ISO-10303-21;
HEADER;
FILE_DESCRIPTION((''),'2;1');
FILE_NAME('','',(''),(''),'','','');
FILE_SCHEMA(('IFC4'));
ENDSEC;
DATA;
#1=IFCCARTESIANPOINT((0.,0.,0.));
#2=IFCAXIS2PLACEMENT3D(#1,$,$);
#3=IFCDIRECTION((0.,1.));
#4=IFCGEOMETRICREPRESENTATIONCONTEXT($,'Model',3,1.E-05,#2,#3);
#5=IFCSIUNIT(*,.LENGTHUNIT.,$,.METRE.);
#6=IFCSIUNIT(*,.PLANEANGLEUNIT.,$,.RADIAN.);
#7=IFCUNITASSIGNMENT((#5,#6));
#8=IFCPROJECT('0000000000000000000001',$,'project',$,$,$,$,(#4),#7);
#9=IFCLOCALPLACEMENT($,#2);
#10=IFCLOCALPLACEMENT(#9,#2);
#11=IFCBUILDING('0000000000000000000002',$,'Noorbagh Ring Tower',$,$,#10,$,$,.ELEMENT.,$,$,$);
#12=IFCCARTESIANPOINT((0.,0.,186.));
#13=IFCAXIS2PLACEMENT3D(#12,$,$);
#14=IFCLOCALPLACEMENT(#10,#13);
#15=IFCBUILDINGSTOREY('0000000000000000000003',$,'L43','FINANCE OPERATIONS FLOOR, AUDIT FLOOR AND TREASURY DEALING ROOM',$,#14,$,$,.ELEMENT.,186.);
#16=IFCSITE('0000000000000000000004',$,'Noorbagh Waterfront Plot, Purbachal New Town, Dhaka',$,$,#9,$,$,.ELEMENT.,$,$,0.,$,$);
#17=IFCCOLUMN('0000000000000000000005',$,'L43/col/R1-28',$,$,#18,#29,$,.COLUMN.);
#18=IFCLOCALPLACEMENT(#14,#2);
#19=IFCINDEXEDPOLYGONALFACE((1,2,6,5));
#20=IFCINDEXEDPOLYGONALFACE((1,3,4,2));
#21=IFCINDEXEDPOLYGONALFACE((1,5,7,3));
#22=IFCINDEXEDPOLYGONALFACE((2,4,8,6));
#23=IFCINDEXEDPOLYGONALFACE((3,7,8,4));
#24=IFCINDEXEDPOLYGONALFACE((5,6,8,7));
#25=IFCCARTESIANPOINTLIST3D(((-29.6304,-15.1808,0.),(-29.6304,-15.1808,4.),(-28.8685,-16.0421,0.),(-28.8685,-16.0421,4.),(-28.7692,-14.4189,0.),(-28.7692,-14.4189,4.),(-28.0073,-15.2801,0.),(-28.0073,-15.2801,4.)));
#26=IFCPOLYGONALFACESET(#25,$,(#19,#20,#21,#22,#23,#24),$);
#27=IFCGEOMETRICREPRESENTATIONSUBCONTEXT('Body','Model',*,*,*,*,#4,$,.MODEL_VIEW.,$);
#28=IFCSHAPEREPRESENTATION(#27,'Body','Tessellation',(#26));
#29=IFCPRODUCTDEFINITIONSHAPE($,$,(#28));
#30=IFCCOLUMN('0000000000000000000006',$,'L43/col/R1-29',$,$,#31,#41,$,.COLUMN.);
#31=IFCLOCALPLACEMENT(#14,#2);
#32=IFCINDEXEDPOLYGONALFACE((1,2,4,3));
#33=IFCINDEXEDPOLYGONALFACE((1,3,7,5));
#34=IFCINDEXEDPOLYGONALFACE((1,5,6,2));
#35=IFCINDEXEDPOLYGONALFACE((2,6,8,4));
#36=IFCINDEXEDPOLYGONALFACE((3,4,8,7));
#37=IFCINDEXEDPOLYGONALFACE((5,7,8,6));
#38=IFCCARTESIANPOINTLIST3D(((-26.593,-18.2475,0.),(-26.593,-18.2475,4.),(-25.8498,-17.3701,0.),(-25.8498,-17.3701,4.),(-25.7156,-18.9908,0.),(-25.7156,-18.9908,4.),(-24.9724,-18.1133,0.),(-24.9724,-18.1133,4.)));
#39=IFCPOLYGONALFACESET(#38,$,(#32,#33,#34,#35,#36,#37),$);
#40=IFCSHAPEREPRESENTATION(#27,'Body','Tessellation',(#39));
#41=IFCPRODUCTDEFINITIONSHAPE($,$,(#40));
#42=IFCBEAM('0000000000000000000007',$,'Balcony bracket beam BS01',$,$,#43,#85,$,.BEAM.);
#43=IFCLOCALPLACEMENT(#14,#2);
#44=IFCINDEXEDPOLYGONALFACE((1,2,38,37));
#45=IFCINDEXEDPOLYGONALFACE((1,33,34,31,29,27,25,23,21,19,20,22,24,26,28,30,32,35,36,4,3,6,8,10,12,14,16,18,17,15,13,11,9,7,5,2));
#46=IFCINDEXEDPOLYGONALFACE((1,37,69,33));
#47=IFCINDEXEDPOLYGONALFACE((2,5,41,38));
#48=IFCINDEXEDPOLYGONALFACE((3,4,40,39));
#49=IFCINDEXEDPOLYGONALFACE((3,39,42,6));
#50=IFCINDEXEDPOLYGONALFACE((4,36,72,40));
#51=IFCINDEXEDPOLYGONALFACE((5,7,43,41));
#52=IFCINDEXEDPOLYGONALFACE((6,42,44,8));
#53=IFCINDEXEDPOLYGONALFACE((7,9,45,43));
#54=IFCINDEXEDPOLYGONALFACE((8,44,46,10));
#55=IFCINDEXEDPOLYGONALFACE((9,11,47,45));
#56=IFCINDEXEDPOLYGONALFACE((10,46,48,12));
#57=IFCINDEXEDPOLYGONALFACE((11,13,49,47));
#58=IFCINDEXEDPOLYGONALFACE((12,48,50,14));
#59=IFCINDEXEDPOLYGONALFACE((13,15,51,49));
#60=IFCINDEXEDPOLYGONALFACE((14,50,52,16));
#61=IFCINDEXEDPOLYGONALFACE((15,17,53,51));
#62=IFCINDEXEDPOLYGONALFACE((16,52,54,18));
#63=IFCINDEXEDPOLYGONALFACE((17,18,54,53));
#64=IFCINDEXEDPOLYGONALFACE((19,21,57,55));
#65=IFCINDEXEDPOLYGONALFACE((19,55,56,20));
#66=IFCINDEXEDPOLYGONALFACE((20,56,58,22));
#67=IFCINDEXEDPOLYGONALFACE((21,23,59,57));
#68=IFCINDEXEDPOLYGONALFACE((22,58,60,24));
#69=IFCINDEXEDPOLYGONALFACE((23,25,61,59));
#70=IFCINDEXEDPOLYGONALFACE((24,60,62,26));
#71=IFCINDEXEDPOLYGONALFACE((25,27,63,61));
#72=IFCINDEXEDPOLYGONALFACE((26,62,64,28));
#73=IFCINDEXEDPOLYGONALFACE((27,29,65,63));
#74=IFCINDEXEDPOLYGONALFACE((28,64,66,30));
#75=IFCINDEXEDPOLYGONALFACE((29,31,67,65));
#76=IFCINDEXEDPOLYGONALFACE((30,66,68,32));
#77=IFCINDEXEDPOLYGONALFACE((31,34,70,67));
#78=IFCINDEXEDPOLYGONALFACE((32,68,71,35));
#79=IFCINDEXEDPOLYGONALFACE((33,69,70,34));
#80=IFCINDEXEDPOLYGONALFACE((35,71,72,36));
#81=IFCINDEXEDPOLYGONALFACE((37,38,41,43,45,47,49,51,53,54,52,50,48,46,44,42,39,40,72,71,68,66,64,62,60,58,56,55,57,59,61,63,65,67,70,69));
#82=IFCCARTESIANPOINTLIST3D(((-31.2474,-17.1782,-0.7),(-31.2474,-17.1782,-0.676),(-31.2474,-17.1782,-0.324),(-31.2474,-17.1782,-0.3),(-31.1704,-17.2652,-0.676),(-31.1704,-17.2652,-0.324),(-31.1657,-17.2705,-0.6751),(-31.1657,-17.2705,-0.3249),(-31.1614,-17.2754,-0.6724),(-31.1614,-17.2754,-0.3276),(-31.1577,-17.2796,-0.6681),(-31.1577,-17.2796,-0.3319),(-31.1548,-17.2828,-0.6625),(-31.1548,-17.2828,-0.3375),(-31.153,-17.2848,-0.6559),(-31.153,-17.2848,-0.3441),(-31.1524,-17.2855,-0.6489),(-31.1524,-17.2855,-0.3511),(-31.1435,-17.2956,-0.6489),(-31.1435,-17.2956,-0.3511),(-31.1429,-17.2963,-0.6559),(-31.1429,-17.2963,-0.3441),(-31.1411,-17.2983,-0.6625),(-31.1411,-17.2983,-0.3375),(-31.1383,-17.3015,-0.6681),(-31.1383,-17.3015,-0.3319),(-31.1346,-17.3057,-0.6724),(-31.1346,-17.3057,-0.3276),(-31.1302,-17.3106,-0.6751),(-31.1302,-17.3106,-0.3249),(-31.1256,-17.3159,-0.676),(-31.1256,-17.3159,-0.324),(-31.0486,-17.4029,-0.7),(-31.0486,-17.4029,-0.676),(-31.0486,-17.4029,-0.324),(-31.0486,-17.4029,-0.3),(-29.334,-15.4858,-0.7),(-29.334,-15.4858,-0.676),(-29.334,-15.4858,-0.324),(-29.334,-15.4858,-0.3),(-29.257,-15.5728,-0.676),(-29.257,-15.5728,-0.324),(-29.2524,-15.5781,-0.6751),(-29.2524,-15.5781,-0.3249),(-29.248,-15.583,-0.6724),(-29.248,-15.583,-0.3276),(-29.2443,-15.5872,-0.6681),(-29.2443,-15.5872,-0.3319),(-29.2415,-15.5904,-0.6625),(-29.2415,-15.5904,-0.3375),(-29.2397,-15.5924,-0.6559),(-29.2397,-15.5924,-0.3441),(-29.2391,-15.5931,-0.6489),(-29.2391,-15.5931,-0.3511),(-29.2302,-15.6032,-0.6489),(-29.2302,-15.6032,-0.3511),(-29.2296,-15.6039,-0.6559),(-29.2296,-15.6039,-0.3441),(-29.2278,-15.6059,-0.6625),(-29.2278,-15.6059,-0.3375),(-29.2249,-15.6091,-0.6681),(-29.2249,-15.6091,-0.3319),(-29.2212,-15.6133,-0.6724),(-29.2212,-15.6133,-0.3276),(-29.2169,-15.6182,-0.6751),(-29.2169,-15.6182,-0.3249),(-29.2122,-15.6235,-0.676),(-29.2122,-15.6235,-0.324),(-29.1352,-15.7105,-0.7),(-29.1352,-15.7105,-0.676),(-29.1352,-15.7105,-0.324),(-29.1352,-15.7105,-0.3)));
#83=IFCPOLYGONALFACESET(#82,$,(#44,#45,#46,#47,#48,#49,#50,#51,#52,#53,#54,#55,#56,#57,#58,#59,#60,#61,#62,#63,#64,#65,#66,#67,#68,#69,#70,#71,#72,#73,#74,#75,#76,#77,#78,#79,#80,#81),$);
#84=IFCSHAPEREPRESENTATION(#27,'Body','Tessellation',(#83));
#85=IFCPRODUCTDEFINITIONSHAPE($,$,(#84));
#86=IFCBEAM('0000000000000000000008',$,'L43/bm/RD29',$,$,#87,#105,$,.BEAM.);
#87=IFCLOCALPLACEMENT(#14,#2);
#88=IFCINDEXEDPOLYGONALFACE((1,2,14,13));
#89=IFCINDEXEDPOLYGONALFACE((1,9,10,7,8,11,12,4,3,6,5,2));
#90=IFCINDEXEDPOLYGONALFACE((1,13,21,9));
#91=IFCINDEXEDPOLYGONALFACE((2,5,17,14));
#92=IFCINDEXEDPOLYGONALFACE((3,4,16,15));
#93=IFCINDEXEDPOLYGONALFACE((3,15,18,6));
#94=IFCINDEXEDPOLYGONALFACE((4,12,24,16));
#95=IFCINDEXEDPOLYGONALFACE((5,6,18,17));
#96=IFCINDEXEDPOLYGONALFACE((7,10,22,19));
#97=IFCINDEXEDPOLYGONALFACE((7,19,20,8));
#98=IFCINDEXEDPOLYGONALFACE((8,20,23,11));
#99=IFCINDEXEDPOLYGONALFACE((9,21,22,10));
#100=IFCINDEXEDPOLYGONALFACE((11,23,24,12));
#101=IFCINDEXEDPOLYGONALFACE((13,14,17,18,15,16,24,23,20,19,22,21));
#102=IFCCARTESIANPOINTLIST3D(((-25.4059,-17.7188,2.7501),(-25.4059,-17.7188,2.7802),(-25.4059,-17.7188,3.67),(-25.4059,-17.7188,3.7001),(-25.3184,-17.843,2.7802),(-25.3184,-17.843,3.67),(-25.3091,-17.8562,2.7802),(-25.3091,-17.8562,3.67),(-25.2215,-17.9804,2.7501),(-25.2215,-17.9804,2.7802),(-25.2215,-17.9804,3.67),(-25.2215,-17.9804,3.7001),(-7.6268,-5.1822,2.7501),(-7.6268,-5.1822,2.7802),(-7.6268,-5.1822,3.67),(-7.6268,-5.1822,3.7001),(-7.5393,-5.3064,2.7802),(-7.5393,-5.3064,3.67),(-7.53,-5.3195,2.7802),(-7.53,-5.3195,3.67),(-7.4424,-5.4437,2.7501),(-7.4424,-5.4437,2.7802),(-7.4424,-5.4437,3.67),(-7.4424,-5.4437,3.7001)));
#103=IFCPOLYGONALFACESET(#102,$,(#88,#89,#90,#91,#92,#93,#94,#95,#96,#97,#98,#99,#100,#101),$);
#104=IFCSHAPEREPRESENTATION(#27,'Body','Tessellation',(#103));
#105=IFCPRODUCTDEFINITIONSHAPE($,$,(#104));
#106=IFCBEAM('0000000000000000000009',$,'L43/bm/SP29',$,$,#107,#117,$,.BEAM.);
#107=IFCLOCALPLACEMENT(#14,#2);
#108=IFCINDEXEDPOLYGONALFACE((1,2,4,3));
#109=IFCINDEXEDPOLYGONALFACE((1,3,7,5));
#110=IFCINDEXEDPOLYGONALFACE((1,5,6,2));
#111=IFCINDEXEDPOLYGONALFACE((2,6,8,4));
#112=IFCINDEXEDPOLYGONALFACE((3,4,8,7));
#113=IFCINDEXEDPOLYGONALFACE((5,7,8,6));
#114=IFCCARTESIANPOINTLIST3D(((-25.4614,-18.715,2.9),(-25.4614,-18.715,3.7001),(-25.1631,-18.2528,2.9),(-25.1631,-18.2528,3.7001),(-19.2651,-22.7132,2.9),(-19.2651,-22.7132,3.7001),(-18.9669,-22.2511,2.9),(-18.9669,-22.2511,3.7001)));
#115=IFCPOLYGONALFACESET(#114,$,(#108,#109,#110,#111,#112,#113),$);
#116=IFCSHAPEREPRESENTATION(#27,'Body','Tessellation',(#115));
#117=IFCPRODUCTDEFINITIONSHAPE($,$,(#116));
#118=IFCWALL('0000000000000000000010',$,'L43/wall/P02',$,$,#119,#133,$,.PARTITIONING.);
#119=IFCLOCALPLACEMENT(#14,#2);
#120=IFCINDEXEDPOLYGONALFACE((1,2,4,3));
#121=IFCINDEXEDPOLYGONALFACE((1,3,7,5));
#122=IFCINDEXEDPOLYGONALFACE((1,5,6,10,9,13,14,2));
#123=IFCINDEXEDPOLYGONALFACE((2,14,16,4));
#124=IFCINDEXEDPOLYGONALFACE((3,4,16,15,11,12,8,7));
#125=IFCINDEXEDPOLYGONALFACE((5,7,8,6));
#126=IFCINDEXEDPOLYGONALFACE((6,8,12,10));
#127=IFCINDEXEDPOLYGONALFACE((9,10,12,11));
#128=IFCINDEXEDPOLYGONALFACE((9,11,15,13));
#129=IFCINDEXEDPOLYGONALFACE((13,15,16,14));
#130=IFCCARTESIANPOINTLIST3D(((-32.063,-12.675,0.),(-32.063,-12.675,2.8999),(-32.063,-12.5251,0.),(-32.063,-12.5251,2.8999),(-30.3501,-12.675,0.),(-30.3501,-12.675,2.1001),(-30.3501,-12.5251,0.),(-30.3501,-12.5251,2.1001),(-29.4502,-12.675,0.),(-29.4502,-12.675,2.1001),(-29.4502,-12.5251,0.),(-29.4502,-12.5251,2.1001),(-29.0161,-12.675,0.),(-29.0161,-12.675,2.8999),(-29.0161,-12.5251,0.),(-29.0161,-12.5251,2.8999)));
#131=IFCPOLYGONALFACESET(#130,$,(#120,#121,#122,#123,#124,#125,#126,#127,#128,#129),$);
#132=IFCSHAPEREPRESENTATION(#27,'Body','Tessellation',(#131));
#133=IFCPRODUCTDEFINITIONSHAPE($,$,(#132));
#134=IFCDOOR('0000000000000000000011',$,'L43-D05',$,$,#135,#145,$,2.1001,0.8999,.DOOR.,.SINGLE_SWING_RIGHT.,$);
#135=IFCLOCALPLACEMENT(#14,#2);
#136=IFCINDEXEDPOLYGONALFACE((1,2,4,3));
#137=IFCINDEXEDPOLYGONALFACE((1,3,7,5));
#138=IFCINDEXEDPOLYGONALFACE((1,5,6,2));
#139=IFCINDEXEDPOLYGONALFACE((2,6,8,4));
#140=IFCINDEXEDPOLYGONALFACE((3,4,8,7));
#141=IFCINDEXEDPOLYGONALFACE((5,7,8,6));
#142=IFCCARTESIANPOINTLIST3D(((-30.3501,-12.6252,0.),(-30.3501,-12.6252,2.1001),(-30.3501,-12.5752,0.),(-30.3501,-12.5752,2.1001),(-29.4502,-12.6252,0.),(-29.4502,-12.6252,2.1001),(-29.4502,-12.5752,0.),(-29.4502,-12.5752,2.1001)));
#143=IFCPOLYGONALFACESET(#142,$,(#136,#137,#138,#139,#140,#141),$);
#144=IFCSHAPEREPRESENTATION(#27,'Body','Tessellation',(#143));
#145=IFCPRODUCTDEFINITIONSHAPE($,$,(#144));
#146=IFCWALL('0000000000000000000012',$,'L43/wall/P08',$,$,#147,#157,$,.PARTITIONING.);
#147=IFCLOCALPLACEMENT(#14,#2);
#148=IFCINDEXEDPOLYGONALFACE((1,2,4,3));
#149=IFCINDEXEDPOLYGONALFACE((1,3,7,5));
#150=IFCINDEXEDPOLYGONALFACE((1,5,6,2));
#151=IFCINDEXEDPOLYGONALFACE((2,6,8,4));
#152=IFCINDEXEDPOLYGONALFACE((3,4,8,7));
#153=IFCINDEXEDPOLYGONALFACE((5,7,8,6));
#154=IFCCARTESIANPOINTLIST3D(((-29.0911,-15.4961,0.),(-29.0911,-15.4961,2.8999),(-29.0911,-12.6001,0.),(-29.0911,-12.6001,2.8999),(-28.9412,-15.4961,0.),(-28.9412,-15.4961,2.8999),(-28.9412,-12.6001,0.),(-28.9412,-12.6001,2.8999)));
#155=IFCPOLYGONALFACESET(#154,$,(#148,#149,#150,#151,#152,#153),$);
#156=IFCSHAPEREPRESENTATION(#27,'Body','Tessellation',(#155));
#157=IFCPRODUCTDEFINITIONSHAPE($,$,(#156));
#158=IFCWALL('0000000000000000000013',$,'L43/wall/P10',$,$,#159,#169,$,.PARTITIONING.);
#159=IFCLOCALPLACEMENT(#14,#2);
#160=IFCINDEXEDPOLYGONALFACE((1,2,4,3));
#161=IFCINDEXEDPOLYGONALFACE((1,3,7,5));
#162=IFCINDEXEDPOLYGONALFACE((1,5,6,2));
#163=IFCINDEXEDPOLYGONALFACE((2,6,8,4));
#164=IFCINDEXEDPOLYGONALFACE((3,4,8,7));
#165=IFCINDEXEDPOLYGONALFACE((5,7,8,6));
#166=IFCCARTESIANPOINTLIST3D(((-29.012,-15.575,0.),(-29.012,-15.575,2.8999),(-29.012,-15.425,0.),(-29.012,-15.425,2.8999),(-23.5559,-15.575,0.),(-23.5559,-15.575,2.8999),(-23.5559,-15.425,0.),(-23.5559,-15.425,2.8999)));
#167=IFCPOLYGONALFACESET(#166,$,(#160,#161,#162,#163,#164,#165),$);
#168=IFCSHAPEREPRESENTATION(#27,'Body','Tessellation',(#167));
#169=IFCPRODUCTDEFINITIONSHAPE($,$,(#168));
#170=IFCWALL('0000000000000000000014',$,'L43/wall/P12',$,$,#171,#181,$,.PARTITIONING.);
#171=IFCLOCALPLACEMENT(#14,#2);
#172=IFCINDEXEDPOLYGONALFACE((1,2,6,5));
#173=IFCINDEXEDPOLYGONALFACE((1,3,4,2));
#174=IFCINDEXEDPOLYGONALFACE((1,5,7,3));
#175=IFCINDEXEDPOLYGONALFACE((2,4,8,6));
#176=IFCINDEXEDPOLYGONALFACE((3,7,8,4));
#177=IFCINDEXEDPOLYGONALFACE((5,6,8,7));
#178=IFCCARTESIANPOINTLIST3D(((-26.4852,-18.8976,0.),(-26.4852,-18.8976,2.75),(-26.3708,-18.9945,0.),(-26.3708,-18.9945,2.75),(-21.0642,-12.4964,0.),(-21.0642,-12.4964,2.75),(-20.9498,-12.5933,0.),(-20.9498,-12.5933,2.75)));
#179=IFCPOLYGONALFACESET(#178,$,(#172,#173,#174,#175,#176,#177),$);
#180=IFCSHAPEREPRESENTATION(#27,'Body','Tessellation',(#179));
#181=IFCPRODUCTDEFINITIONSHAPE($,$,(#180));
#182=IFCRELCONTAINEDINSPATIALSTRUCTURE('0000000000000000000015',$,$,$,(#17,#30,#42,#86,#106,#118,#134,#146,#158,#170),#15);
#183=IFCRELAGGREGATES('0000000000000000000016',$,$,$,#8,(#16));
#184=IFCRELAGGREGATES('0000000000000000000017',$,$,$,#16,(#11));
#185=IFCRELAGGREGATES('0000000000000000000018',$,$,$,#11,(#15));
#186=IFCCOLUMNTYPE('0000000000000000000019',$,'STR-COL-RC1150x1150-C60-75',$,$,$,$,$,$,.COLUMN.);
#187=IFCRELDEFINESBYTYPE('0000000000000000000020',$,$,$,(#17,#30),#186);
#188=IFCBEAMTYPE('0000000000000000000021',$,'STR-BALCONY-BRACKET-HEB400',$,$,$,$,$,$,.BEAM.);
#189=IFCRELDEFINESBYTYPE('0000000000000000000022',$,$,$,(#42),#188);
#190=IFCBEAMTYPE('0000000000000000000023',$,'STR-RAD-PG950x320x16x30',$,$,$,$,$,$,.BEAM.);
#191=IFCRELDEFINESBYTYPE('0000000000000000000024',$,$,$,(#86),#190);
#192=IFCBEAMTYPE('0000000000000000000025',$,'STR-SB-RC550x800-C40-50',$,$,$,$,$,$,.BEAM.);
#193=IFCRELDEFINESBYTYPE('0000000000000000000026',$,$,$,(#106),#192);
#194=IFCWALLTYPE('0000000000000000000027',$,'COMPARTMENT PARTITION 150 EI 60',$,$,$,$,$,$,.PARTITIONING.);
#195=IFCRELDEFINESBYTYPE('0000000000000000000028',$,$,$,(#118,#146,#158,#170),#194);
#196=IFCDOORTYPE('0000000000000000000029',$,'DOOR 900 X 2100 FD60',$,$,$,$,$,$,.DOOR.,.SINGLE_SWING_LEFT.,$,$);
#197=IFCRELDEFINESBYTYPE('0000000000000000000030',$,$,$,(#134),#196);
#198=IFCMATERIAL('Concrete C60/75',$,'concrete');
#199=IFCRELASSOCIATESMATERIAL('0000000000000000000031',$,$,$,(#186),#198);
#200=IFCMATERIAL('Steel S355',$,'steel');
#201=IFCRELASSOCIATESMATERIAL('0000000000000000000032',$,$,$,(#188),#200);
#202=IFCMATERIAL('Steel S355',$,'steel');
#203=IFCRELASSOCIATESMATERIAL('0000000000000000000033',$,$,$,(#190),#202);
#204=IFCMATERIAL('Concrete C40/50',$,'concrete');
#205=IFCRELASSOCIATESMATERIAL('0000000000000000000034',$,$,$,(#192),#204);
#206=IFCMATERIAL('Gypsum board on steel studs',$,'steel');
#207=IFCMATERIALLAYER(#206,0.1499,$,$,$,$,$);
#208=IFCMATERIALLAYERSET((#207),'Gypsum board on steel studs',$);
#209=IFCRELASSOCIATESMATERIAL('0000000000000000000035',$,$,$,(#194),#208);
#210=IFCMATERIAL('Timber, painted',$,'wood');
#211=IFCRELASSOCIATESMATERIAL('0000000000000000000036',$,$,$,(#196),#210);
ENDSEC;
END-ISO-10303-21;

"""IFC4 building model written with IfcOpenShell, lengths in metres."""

from ifc_helpers import new_model, si_unit, direction, frame, frame_2d, origin, origin_2d, place, context, subcontext, project, spatial, rectangle, i_section, extrude, material, layer, layer_set, material_profile, profile_set, type_object, element, fill, save


model = new_model("IFC4")

# Units and contexts
model_context = context("Model", 3, precision=1e-05, world=origin(), true_north=direction((0.0, 1.0)))
body_context = subcontext(model_context, "Body", "Model", "MODEL_VIEW")
ifc_project = project(units=[si_unit("LENGTHUNIT", "METRE"), si_unit("PLANEANGLEUNIT", "RADIAN")], contexts=[model_context])

# Site, building, storey
site_placement = place(None, origin())
site = spatial("IfcSite", under=ifc_project, at=site_placement, Name="Noorbagh Waterfront Plot, Purbachal New Town, Dhaka", CompositionType="ELEMENT", RefElevation=0.0)
building_placement = place(site_placement, origin())
building = spatial("IfcBuilding", under=site, at=building_placement, Name="Noorbagh Ring Tower", CompositionType="ELEMENT")
storey_placement = place(building_placement, frame((0.0, 0.0, 186.0)))
storey = spatial("IfcBuildingStorey", under=building, at=storey_placement, Name="L43", Description="FINANCE OPERATIONS FLOOR, AUDIT FLOOR AND TREASURY DEALING ROOM", CompositionType="ELEMENT", Elevation=186.0)

# Columns
ifc_material_1 = material(Name="Concrete C60/75", Category="concrete")
ifc_material_profile_1 = material_profile(ifc_material_1, rectangle(XDim=1.1499, YDim=1.1499, at=origin_2d()), Name="RC1150x1150")
ifc_profile_set_1 = profile_set([ifc_material_profile_1], Name="Concrete C60/75")
column_type = type_object("IfcColumnType", Name="STR-COL-RC1150x1150-C60-75", PredefinedType="COLUMN", material=ifc_profile_set_1)
for number, where, z_axis, x_axis, name in (
    (1, (-28.8188, -15.2305, 0.0), (0.0, 0.0, 1.0), (0.662636, -0.748942, 0.0), "L43/col/R1-28"),
    (2, (-25.7827, -18.1804, 0.0), (0.0, 0.0, 1.0), (0.763035, -0.646357, 0.0), "L43/col/R1-29"),
):
    element("IfcColumn", number, at=place(storey_placement, frame(where, z_axis=z_axis, x_axis=x_axis)), inside=storey, type_object=column_type, Name=name, PredefinedType="COLUMN", context=body_context, shape_type="SweptSolid", body=[
        extrude(rectangle(XDim=1.1499, YDim=1.1499, at=origin_2d()), origin(), (0.0, 0.0, 1.0), 4.0),
    ])

# Beams
ifc_material_2 = material(Name="Steel S355", Category="steel")
ifc_material_profile_2 = material_profile(ifc_material_2, i_section(OverallWidth=0.3, OverallDepth=0.3999, WebThickness=0.0134, FlangeThickness=0.0239, FilletRadius=0.0271, at=origin_2d()), Name="HEB400")
ifc_profile_set_2 = profile_set([ifc_material_profile_2], Name="Steel S355")
beam_type_1 = type_object("IfcBeamType", Name="STR-BALCONY-BRACKET-HEB400", PredefinedType="BEAM", material=ifc_profile_set_2)
beam_1_placement = place(storey_placement, frame((-29.2346, -15.5981, -0.5), z_axis=(-0.749031, -0.662535, 0.0), x_axis=(0.662535, -0.749031, 0.0)))
element("IfcBeam", 3, at=beam_1_placement, inside=storey, type_object=beam_type_1, Name="Balcony bracket beam BS01", PredefinedType="BEAM", context=body_context, shape_type="SweptSolid", body=[
    extrude(i_section(OverallWidth=0.3, OverallDepth=0.3999, WebThickness=0.0134, FlangeThickness=0.0239, FilletRadius=0.0271, at=origin_2d()), origin(), (0.0, 0.0, 1.0), 2.5544),
])
ifc_material_3 = material(Name="Steel S355", Category="steel")
ifc_material_profile_3 = material_profile(ifc_material_3, i_section(OverallWidth=0.3201, OverallDepth=0.95, WebThickness=0.0161, FlangeThickness=0.03, at=origin_2d()), Name="PG950x320x16x30")
ifc_profile_set_3 = profile_set([ifc_material_profile_3], Name="Steel S355")
beam_type_2 = type_object("IfcBeamType", Name="STR-RAD-PG950x320x16x30", PredefinedType="BEAM", material=ifc_profile_set_3)
beam_2_placement = place(storey_placement, frame((-25.3137, -17.8496, 3.2251), z_axis=(0.817256, 0.576275, 0.0), x_axis=(-0.576275, 0.817256, 0.0)))
element("IfcBeam", 4, at=beam_2_placement, inside=storey, type_object=beam_type_2, Name="L43/bm/RD29", PredefinedType="BEAM", context=body_context, shape_type="SweptSolid", body=[
    extrude(i_section(OverallWidth=0.3201, OverallDepth=0.95, WebThickness=0.0161, FlangeThickness=0.03, at=origin_2d()), origin(), (0.0, 0.0, 1.0), 21.7546),
])
ifc_material_4 = material(Name="Concrete C40/50", Category="concrete")
ifc_material_profile_4 = material_profile(ifc_material_4, rectangle(XDim=0.55, YDim=0.8, at=origin_2d()), Name="RC550x800")
ifc_profile_set_4 = profile_set([ifc_material_profile_4], Name="Concrete C40/50")
beam_type_3 = type_object("IfcBeamType", Name="STR-SB-RC550x800-C40-50", PredefinedType="BEAM", material=ifc_profile_set_4)
beam_3_placement = place(storey_placement, frame((-25.3123, -18.4839, 3.3), z_axis=(0.840254, -0.542192, 0.0), x_axis=(0.542192, 0.840254, 0.0)))
element("IfcBeam", 5, at=beam_3_placement, inside=storey, type_object=beam_type_3, Name="L43/bm/SP29", PredefinedType="BEAM", context=body_context, shape_type="SweptSolid", body=[
    extrude(rectangle(XDim=0.55, YDim=0.8, at=origin_2d()), origin(), (0.0, 0.0, 1.0), 7.3743),
])

# Wall, opening, door
ifc_material_5 = material(Name="Gypsum board on steel studs", Category="steel")
ifc_layer_1 = layer(ifc_material_5, 0.1499)
ifc_layer_set_1 = layer_set([ifc_layer_1], Name="Gypsum board on steel studs")
wall_type_1 = type_object("IfcWallType", Name="COMPARTMENT PARTITION 150 EI 60", PredefinedType="PARTITIONING", material=ifc_layer_set_1)
wall_1_placement = place(storey_placement, frame((-32.063, -12.6001, 0.0), z_axis=(0.0, 0.0, 1.0), x_axis=(1.0, 0.0, 0.0)))
wall_1 = element("IfcWall", 6, at=wall_1_placement, inside=storey, type_object=wall_type_1, Name="L43/wall/P02", PredefinedType="PARTITIONING", context=body_context, shape_type="SweptSolid", body=[
    extrude(rectangle(XDim=3.0469, YDim=0.1499, at=frame_2d((1.5234, 0.0))), origin(), (0.0, 0.0, 1.0), 2.8999),
])
opening_1_placement = place(wall_1_placement, frame((1.7129, 0.0, 0.0)))
opening_1 = element("IfcOpeningElement", 7, at=opening_1_placement, cuts=wall_1, PredefinedType="OPENING", context=body_context, shape_type="SweptSolid", body=[
    extrude(rectangle(XDim=0.8999, YDim=2.1001, at=frame_2d((0.45, 1.05))), frame((0.0, 0.085, 0.0), z_axis=(0.0, -1.0, 0.0), x_axis=(1.0, 0.0, 0.0)), (0.0, 0.0, 1.0), 0.1699),
])
ifc_material_6 = material(Name="Timber, painted", Category="wood")
door_type_1 = type_object("IfcDoorType", Name="DOOR 900 X 2100 FD60", OperationType="SINGLE_SWING_LEFT", PredefinedType="DOOR", material=ifc_material_6)
door_1_placement = place(opening_1_placement, origin())
door_1 = element("IfcDoor", 8, at=door_1_placement, inside=storey, type_object=door_type_1, Name="L43-D05", OperationType="SINGLE_SWING_RIGHT", OverallHeight=2.1001, OverallWidth=0.8999, PredefinedType="DOOR", context=body_context, shape_type="SweptSolid", body=[
    extrude(rectangle(XDim=0.8999, YDim=2.1001, at=frame_2d((0.45, 1.05))), frame((0.0, 0.0249, 0.0), z_axis=(0.0, -1.0, 0.0), x_axis=(1.0, 0.0, 0.0)), (0.0, 0.0, 1.0), 0.05),
])
fill(opening_1, door_1)

# Walls
wall_2_placement = place(storey_placement, frame((-29.0161, -15.4961, 0.0), z_axis=(0.0, 0.0, 1.0), x_axis=(0.0, 1.0, 0.0)))
element("IfcWall", 9, at=wall_2_placement, inside=storey, type_object=wall_type_1, Name="L43/wall/P08", PredefinedType="PARTITIONING", context=body_context, shape_type="SweptSolid", body=[
    extrude(rectangle(XDim=2.896, YDim=0.1499, at=frame_2d((1.448, 0.0))), origin(), (0.0, 0.0, 1.0), 2.8999),
])
wall_3_placement = place(storey_placement, frame((-29.012, -15.5, 0.0), z_axis=(0.0, 0.0, 1.0), x_axis=(1.0, 0.0, 0.0)))
element("IfcWall", 10, at=wall_3_placement, inside=storey, type_object=wall_type_1, Name="L43/wall/P10", PredefinedType="PARTITIONING", context=body_context, shape_type="SweptSolid", body=[
    extrude(rectangle(XDim=5.4561, YDim=0.1499, at=frame_2d((2.728, 0.0))), origin(), (0.0, 0.0, 1.0), 2.8999),
])
wall_4_placement = place(storey_placement, frame((-26.428, -18.946, 0.0), z_axis=(0.0, 0.0, 1.0), x_axis=(0.646259, 0.763118, 0.0)))
element("IfcWall", 11, at=wall_4_placement, inside=storey, type_object=wall_type_1, Name="L43/wall/P12", PredefinedType="PARTITIONING", context=body_context, shape_type="SweptSolid", body=[
    extrude(rectangle(XDim=8.3882, YDim=0.1499, at=frame_2d((4.1941, 0.0))), origin(), (0.0, 0.0, 1.0), 2.75),
])

save(model, "model.ifc")
